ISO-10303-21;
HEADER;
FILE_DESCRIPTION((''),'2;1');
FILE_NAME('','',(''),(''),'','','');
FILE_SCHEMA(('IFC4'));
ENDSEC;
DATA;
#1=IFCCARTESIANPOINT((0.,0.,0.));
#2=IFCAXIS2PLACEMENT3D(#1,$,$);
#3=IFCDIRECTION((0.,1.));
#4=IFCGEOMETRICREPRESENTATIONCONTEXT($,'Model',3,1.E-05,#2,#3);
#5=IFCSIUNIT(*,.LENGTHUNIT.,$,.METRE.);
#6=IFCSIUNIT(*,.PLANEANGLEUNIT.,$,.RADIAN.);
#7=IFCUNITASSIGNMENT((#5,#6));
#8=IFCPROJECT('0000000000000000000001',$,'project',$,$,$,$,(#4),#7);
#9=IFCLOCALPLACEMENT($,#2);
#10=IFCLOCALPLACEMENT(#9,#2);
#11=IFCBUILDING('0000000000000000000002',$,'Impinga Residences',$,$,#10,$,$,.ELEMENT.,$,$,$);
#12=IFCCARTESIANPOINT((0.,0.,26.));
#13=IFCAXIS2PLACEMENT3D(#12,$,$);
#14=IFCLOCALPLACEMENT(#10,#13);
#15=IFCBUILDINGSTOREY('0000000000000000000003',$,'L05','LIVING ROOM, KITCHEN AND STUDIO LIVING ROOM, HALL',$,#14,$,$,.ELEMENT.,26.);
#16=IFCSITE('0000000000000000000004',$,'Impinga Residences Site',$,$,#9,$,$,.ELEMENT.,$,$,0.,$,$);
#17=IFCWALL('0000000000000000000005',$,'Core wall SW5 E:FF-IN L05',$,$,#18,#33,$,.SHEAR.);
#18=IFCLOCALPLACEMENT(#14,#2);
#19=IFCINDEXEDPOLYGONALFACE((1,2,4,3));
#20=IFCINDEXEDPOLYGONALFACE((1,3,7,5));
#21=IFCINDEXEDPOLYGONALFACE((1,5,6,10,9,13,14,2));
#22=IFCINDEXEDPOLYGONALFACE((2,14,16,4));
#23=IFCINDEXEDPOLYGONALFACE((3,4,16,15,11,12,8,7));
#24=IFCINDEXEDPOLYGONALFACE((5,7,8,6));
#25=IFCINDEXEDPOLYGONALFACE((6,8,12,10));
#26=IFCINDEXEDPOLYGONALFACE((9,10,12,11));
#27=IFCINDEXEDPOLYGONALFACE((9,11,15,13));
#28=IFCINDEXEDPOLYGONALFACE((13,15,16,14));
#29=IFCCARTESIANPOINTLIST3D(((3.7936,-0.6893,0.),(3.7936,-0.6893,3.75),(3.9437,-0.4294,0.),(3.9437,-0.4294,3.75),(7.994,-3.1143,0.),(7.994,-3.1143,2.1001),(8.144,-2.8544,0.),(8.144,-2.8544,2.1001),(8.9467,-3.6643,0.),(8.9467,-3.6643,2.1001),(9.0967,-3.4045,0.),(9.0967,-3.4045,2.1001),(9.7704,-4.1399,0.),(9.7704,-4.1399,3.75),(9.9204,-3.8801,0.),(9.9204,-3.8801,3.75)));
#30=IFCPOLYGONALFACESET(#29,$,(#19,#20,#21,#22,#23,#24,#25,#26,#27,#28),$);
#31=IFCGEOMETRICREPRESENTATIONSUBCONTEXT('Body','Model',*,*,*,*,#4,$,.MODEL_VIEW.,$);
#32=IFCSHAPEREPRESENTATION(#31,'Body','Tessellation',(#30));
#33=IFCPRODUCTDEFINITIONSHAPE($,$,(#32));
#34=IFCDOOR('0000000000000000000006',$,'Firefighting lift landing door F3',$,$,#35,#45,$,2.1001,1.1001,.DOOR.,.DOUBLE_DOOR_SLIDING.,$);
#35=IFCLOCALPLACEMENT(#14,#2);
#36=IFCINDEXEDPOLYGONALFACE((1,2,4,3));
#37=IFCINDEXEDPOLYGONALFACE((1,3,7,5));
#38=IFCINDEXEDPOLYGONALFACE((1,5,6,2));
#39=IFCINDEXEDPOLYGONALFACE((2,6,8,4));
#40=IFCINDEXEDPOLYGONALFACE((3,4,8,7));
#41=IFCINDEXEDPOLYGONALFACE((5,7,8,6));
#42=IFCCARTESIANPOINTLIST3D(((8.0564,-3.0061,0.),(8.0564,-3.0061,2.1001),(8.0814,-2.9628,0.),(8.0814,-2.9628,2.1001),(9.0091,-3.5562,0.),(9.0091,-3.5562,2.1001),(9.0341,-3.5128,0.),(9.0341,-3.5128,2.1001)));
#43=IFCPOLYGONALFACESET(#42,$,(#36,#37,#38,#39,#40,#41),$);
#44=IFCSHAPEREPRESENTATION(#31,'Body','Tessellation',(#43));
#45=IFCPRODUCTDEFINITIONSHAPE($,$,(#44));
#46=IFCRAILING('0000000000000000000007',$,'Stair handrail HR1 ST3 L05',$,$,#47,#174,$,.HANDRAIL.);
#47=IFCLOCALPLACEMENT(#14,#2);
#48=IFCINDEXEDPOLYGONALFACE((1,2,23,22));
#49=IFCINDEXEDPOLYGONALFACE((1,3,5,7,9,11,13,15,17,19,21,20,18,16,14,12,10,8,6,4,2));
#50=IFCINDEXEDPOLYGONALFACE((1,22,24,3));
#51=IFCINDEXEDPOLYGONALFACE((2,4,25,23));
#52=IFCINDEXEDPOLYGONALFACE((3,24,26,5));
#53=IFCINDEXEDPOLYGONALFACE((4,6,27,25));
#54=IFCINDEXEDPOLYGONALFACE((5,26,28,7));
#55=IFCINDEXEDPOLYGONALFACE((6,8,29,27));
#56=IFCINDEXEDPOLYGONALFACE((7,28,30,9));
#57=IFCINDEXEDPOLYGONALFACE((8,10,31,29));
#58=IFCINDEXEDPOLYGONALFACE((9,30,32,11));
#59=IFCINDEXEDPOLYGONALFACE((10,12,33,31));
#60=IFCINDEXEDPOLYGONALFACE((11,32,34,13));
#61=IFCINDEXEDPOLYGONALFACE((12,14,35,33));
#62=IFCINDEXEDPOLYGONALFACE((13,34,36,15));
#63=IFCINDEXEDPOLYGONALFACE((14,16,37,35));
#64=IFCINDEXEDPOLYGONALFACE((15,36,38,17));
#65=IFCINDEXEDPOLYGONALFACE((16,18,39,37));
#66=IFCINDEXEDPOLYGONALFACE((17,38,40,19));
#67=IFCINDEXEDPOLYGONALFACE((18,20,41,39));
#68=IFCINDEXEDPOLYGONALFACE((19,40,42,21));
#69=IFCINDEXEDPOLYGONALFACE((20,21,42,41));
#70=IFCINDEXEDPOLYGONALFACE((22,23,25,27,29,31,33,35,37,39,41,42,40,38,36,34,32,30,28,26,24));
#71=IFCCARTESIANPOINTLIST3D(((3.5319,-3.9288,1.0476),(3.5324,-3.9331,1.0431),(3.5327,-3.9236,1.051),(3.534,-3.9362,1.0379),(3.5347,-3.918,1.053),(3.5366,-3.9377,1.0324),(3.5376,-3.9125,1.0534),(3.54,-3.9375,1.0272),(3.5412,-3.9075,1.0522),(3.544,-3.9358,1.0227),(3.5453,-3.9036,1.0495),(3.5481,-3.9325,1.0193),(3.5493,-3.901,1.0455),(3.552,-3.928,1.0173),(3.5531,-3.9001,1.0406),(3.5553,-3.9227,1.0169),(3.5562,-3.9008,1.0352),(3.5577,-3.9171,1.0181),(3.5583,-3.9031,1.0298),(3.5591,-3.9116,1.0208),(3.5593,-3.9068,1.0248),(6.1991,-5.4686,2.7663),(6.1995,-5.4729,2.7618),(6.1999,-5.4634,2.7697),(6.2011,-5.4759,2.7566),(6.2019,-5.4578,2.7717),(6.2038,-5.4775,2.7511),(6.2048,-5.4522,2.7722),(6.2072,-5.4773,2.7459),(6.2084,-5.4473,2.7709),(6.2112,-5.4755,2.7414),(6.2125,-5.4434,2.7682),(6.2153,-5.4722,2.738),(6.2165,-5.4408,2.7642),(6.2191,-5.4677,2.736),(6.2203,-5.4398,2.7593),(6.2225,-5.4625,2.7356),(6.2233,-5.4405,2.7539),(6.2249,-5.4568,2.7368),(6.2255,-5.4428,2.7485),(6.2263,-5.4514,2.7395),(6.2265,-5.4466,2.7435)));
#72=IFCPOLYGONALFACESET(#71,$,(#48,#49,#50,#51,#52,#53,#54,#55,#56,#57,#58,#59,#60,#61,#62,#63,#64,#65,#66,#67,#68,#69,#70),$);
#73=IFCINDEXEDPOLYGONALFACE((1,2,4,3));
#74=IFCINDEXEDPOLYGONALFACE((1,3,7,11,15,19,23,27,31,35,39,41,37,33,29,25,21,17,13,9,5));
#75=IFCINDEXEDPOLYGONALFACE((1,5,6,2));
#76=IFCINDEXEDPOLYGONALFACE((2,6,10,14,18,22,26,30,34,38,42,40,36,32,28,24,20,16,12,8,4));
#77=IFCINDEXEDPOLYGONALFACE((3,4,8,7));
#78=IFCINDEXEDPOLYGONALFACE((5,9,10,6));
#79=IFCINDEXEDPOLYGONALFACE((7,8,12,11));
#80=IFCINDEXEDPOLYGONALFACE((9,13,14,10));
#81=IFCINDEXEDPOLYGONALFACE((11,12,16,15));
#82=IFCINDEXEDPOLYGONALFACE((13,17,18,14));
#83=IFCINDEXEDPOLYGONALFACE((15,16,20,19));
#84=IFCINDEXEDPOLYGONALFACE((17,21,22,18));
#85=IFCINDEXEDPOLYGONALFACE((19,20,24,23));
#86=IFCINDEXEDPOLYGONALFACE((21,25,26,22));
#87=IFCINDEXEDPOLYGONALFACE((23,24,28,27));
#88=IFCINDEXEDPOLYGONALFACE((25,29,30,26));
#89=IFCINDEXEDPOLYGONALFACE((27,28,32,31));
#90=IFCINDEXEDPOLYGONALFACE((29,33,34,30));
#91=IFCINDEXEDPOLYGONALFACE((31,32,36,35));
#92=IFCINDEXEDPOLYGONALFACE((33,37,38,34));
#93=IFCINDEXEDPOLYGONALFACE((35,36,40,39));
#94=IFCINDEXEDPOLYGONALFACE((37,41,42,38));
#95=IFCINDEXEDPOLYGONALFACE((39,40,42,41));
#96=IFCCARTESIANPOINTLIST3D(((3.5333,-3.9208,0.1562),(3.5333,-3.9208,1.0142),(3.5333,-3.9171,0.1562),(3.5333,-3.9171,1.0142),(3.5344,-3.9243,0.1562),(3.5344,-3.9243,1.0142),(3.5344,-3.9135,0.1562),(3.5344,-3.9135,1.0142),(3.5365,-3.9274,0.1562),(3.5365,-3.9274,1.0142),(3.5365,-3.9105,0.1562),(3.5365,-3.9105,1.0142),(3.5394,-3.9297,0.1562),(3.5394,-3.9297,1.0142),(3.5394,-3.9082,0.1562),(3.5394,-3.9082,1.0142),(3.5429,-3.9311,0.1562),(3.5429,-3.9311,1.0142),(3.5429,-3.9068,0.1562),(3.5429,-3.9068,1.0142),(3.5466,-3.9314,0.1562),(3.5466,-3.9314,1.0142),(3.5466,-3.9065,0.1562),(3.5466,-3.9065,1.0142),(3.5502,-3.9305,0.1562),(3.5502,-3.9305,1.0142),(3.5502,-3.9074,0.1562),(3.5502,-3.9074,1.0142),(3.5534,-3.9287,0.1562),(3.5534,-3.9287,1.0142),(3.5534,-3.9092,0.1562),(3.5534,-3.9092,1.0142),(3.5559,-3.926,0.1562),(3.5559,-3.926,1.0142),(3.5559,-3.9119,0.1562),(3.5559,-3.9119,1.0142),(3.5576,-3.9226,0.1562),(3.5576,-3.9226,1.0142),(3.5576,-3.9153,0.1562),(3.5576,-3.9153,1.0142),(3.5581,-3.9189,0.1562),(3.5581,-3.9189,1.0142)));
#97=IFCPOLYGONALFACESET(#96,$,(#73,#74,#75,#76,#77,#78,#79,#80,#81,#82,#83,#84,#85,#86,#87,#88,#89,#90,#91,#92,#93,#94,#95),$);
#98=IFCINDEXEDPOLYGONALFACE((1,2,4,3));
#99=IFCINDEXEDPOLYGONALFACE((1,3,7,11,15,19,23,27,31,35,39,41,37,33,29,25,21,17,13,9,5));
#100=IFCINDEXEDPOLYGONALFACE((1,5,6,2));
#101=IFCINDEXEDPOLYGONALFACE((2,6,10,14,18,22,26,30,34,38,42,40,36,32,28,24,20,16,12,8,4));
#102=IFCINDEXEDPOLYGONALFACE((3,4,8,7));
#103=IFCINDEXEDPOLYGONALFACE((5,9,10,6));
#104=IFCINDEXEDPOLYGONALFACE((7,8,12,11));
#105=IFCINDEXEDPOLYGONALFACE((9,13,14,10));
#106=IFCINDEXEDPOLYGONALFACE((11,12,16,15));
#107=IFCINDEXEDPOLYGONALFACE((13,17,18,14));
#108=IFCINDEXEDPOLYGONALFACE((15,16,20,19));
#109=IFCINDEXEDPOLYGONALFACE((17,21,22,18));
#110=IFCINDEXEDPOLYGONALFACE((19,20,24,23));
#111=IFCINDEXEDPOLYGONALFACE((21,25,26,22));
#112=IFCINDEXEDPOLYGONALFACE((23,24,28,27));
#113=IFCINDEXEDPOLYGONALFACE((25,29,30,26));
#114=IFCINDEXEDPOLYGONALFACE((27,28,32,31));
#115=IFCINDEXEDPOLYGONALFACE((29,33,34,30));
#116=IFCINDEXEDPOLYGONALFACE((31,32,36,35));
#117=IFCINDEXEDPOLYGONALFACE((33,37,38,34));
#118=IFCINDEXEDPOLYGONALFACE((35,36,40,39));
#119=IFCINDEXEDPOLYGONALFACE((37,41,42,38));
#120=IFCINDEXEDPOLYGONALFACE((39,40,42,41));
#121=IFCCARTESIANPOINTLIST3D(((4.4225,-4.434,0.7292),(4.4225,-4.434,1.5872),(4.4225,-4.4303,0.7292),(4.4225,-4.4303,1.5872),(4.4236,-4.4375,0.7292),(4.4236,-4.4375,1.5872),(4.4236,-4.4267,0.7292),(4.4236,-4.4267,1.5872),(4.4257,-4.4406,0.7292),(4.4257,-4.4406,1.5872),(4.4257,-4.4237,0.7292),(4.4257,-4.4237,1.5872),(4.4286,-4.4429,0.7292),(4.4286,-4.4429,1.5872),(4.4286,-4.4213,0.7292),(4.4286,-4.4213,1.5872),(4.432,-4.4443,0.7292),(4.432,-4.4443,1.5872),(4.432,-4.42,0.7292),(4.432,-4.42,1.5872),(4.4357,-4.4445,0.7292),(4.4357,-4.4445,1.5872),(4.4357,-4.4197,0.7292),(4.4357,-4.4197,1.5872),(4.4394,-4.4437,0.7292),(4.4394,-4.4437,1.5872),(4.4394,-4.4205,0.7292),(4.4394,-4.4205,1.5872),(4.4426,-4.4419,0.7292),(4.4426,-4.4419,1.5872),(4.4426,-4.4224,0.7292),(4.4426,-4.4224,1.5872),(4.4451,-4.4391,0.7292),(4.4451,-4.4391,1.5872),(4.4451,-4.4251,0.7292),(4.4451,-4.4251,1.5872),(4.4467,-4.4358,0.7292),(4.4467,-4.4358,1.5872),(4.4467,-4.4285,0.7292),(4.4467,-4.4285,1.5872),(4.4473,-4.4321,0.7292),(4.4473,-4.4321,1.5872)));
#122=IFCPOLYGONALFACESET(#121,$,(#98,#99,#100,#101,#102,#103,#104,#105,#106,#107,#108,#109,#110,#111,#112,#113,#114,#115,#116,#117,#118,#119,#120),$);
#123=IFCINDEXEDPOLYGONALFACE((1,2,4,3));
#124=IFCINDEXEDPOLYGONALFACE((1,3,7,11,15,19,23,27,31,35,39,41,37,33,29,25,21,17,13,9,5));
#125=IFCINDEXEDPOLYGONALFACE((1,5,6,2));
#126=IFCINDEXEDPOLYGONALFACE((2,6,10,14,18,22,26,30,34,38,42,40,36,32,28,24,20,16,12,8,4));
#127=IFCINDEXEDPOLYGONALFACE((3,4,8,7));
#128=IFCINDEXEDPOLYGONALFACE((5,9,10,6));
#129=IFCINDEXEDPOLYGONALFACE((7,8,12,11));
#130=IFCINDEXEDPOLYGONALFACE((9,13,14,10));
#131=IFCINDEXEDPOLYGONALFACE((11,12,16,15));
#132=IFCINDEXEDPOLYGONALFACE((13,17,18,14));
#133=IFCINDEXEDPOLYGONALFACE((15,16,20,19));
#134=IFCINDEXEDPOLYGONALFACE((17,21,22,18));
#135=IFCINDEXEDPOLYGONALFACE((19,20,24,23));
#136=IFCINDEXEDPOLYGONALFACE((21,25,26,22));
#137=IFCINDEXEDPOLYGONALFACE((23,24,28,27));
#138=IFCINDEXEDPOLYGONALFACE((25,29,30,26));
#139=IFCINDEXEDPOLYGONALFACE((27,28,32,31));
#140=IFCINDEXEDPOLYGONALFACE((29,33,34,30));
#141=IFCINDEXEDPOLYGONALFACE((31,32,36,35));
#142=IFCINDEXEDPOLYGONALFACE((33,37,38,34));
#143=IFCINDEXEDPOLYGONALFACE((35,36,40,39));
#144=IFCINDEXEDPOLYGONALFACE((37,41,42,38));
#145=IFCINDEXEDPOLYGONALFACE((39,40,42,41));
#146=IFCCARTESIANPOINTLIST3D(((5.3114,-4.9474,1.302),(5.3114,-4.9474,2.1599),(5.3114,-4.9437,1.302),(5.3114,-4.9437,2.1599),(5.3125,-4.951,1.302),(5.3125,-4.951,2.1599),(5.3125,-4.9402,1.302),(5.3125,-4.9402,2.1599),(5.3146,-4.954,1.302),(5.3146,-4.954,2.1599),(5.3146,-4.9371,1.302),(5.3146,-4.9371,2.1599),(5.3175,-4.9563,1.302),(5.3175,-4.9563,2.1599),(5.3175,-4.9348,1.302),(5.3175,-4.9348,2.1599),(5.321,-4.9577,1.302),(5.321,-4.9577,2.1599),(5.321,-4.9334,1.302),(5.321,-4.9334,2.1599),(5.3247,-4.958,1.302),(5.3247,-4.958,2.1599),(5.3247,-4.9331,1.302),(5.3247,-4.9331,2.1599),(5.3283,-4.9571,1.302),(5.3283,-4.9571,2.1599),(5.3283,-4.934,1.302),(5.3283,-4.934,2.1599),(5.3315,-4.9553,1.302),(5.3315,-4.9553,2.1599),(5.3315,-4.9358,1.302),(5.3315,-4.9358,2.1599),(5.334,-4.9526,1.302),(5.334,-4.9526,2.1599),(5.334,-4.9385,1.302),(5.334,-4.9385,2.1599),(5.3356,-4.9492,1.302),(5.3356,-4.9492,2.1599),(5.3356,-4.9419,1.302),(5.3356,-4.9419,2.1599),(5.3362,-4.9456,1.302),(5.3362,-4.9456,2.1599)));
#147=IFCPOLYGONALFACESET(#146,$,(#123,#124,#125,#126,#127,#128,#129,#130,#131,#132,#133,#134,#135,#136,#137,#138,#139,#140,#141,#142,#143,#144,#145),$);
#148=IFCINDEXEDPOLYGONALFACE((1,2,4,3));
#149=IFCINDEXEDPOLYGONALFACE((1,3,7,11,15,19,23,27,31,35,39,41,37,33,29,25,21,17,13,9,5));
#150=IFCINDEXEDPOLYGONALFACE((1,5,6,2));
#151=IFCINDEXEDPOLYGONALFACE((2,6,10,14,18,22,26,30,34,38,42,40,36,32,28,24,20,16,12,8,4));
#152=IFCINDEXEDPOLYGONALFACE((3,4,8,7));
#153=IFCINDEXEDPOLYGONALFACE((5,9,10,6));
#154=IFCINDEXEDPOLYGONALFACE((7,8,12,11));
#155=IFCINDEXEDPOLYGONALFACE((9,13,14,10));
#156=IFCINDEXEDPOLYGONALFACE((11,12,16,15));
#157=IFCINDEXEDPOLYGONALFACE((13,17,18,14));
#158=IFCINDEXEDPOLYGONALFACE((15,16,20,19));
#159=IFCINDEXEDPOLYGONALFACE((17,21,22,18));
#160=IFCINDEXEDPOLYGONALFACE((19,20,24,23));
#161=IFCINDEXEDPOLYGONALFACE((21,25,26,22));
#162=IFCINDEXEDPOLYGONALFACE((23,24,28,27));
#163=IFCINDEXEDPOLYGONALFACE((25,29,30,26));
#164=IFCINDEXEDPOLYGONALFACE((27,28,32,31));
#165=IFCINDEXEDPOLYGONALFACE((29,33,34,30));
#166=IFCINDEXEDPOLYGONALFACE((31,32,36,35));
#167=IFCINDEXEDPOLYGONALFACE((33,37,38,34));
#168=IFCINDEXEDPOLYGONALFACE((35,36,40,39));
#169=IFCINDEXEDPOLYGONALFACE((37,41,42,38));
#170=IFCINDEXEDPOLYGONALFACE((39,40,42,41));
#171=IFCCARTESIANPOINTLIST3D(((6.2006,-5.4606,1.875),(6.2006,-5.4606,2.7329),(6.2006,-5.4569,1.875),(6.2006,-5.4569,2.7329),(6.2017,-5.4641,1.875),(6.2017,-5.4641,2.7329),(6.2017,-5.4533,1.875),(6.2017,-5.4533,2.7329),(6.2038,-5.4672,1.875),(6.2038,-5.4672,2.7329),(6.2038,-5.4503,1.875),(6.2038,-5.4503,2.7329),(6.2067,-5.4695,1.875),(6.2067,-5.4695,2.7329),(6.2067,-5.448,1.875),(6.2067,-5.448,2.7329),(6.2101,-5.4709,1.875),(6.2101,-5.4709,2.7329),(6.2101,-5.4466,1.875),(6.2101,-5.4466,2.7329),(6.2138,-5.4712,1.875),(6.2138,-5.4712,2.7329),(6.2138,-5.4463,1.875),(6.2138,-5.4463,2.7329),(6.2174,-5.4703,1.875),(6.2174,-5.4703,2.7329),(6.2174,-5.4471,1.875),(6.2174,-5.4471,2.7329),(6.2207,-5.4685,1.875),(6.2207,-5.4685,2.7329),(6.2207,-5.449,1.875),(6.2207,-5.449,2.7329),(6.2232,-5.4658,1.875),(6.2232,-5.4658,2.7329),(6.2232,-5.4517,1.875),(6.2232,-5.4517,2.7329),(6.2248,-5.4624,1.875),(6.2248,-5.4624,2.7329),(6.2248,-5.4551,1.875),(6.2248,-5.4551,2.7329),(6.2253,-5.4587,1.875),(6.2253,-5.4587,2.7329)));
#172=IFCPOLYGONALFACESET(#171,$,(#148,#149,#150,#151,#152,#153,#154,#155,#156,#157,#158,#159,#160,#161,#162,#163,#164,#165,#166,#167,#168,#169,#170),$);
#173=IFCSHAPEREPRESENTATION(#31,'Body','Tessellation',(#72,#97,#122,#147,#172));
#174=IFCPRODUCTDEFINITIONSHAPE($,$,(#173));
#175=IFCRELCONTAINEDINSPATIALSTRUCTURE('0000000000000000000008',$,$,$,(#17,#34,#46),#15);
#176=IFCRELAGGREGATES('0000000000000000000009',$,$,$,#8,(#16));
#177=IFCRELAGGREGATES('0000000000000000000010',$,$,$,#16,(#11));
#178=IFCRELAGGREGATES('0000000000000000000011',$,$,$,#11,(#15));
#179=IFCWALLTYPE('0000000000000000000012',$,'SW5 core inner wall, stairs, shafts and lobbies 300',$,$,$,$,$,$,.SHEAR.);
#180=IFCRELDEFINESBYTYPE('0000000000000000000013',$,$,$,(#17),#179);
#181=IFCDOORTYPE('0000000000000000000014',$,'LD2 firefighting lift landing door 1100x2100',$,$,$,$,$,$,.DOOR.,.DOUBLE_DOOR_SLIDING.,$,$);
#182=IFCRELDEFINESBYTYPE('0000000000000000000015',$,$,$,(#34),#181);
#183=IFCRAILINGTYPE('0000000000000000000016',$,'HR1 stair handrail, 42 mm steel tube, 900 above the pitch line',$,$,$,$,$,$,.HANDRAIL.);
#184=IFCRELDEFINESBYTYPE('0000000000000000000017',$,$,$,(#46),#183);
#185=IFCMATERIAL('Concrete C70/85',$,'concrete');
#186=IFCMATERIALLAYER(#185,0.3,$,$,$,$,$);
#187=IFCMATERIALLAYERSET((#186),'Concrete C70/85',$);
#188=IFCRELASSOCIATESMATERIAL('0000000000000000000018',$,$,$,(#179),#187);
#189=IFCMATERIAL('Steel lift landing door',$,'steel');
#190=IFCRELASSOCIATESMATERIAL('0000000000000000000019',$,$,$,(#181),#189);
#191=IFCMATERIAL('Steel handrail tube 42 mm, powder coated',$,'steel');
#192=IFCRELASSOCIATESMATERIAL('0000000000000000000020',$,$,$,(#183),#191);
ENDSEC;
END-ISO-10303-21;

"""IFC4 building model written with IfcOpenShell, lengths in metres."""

from ifc_helpers import new_model, si_unit, direction, frame, frame_2d, origin, origin_2d, place, context, subcontext, project, spatial, rectangle, circle, extrude, material, layer, layer_set, type_object, element, fill, save


model = new_model("IFC4")

# Units and contexts
model_context = context("Model", 3, precision=1e-05, world=origin(), true_north=direction((0.0, 1.0)))
body_context = subcontext(model_context, "Body", "Model", "MODEL_VIEW")
ifc_project = project(units=[si_unit("LENGTHUNIT", "METRE"), si_unit("PLANEANGLEUNIT", "RADIAN")], contexts=[model_context])

# Site, building, storey
site_placement = place(None, origin())
site = spatial("IfcSite", under=ifc_project, at=site_placement, Name="Impinga Residences Site", CompositionType="ELEMENT", RefElevation=0.0)
building_placement = place(site_placement, origin())
building = spatial("IfcBuilding", under=site, at=building_placement, Name="Impinga Residences", CompositionType="ELEMENT")
storey_placement = place(building_placement, frame((0.0, 0.0, 26.0)))
storey = spatial("IfcBuildingStorey", under=building, at=storey_placement, Name="L05", Description="LIVING ROOM, KITCHEN AND STUDIO LIVING ROOM, HALL", CompositionType="ELEMENT", Elevation=26.0)

# Wall, opening, door
ifc_material_1 = material(Name="Concrete C70/85", Category="concrete")
ifc_layer_1 = layer(ifc_material_1, 0.3)
ifc_layer_set_1 = layer_set([ifc_layer_1], Name="Concrete C70/85")
wall_type_1 = type_object("IfcWallType", Name="SW5 core inner wall, stairs, shafts and lobbies 300", PredefinedType="SHEAR", material=ifc_layer_set_1)
wall_1_placement = place(storey_placement, frame((3.8687, -0.5593, 0.0), z_axis=(0.0, 0.0, 1.0), x_axis=(0.866027, -0.499997, 0.0)))
wall_1 = element("IfcWall", 1, at=wall_1_placement, inside=storey, type_object=wall_type_1, Name="Core wall SW5 E:FF-IN L05", PredefinedType="SHEAR", context=body_context, shape_type="SweptSolid", body=[
    extrude(rectangle(XDim=6.9014, YDim=0.3, at=frame_2d((3.4507, 0.0))), origin(), (0.0, 0.0, 1.0), 3.75),
])
opening_1_placement = place(wall_1_placement, frame((4.8501, 0.0, 0.0)))
opening_1 = element("IfcOpeningElement", 2, at=opening_1_placement, cuts=wall_1, PredefinedType="OPENING", context=body_context, shape_type="SweptSolid", body=[
    extrude(rectangle(XDim=1.1001, YDim=2.1001, at=frame_2d((0.55, 1.05))), frame((0.0, 0.1599, 0.0), z_axis=(0.0, -1.0, 0.0), x_axis=(1.0, 0.0, 0.0)), (0.0, 0.0, 1.0), 0.3201),
])
ifc_material_2 = material(Name="Steel lift landing door", Category="steel")
door_type_1 = type_object("IfcDoorType", Name="LD2 firefighting lift landing door 1100x2100", OperationType="DOUBLE_DOOR_SLIDING", PredefinedType="DOOR", material=ifc_material_2)
door_1_placement = place(opening_1_placement, origin())
door_1 = element("IfcDoor", 3, at=door_1_placement, inside=storey, type_object=door_type_1, Name="Firefighting lift landing door F3", OperationType="DOUBLE_DOOR_SLIDING", OverallHeight=2.1001, OverallWidth=1.1001, PredefinedType="DOOR", context=body_context, shape_type="SweptSolid", body=[
    extrude(rectangle(XDim=1.1001, YDim=2.1001, at=frame_2d((0.55, 1.05))), frame((0.0, 0.0249, 0.0), z_axis=(0.0, -1.0, 0.0), x_axis=(1.0, 0.0, 0.0)), (0.0, 0.0, 1.0), 0.05),
])
fill(opening_1, door_1)

# Railing
ifc_material_3 = material(Name="Steel handrail tube 42 mm, powder coated", Category="steel")
railing_type = type_object("IfcRailingType", Name="HR1 stair handrail, 42 mm steel tube, 900 above the pitch line", PredefinedType="HANDRAIL", material=ifc_material_3)
railing_placement = place(storey_placement, frame((3.5457, -3.9189, 0.1562)))
element("IfcRailing", 4, at=railing_placement, inside=storey, type_object=railing_type, Name="Stair handrail HR1 ST3 L05", PredefinedType="HANDRAIL", context=body_context, shape_type="SweptSolid", body=[
    extrude(circle(Radius=0.021, at=origin_2d()), frame((0.0, 0.0, 0.8789), z_axis=(0.756249, -0.436582, 0.487322), x_axis=(0.499967, 0.866044, 0.0)), (0.0, 0.0, 1.0), 3.5269),
    extrude(circle(Radius=0.0125, at=origin_2d()), origin(), (0.0, 0.0, 1.0), 0.8579),
    extrude(circle(Radius=0.0125, at=origin_2d()), frame((0.8892, -0.5132, 0.573)), (0.0, 0.0, 1.0), 0.8579),
    extrude(circle(Radius=0.0125, at=origin_2d()), frame((1.7781, -1.0266, 1.1458)), (0.0, 0.0, 1.0), 0.8579),
    extrude(circle(Radius=0.0125, at=origin_2d()), frame((2.6672, -1.5398, 1.7188)), (0.0, 0.0, 1.0), 0.8579),
])

save(model, "model.ifc")
